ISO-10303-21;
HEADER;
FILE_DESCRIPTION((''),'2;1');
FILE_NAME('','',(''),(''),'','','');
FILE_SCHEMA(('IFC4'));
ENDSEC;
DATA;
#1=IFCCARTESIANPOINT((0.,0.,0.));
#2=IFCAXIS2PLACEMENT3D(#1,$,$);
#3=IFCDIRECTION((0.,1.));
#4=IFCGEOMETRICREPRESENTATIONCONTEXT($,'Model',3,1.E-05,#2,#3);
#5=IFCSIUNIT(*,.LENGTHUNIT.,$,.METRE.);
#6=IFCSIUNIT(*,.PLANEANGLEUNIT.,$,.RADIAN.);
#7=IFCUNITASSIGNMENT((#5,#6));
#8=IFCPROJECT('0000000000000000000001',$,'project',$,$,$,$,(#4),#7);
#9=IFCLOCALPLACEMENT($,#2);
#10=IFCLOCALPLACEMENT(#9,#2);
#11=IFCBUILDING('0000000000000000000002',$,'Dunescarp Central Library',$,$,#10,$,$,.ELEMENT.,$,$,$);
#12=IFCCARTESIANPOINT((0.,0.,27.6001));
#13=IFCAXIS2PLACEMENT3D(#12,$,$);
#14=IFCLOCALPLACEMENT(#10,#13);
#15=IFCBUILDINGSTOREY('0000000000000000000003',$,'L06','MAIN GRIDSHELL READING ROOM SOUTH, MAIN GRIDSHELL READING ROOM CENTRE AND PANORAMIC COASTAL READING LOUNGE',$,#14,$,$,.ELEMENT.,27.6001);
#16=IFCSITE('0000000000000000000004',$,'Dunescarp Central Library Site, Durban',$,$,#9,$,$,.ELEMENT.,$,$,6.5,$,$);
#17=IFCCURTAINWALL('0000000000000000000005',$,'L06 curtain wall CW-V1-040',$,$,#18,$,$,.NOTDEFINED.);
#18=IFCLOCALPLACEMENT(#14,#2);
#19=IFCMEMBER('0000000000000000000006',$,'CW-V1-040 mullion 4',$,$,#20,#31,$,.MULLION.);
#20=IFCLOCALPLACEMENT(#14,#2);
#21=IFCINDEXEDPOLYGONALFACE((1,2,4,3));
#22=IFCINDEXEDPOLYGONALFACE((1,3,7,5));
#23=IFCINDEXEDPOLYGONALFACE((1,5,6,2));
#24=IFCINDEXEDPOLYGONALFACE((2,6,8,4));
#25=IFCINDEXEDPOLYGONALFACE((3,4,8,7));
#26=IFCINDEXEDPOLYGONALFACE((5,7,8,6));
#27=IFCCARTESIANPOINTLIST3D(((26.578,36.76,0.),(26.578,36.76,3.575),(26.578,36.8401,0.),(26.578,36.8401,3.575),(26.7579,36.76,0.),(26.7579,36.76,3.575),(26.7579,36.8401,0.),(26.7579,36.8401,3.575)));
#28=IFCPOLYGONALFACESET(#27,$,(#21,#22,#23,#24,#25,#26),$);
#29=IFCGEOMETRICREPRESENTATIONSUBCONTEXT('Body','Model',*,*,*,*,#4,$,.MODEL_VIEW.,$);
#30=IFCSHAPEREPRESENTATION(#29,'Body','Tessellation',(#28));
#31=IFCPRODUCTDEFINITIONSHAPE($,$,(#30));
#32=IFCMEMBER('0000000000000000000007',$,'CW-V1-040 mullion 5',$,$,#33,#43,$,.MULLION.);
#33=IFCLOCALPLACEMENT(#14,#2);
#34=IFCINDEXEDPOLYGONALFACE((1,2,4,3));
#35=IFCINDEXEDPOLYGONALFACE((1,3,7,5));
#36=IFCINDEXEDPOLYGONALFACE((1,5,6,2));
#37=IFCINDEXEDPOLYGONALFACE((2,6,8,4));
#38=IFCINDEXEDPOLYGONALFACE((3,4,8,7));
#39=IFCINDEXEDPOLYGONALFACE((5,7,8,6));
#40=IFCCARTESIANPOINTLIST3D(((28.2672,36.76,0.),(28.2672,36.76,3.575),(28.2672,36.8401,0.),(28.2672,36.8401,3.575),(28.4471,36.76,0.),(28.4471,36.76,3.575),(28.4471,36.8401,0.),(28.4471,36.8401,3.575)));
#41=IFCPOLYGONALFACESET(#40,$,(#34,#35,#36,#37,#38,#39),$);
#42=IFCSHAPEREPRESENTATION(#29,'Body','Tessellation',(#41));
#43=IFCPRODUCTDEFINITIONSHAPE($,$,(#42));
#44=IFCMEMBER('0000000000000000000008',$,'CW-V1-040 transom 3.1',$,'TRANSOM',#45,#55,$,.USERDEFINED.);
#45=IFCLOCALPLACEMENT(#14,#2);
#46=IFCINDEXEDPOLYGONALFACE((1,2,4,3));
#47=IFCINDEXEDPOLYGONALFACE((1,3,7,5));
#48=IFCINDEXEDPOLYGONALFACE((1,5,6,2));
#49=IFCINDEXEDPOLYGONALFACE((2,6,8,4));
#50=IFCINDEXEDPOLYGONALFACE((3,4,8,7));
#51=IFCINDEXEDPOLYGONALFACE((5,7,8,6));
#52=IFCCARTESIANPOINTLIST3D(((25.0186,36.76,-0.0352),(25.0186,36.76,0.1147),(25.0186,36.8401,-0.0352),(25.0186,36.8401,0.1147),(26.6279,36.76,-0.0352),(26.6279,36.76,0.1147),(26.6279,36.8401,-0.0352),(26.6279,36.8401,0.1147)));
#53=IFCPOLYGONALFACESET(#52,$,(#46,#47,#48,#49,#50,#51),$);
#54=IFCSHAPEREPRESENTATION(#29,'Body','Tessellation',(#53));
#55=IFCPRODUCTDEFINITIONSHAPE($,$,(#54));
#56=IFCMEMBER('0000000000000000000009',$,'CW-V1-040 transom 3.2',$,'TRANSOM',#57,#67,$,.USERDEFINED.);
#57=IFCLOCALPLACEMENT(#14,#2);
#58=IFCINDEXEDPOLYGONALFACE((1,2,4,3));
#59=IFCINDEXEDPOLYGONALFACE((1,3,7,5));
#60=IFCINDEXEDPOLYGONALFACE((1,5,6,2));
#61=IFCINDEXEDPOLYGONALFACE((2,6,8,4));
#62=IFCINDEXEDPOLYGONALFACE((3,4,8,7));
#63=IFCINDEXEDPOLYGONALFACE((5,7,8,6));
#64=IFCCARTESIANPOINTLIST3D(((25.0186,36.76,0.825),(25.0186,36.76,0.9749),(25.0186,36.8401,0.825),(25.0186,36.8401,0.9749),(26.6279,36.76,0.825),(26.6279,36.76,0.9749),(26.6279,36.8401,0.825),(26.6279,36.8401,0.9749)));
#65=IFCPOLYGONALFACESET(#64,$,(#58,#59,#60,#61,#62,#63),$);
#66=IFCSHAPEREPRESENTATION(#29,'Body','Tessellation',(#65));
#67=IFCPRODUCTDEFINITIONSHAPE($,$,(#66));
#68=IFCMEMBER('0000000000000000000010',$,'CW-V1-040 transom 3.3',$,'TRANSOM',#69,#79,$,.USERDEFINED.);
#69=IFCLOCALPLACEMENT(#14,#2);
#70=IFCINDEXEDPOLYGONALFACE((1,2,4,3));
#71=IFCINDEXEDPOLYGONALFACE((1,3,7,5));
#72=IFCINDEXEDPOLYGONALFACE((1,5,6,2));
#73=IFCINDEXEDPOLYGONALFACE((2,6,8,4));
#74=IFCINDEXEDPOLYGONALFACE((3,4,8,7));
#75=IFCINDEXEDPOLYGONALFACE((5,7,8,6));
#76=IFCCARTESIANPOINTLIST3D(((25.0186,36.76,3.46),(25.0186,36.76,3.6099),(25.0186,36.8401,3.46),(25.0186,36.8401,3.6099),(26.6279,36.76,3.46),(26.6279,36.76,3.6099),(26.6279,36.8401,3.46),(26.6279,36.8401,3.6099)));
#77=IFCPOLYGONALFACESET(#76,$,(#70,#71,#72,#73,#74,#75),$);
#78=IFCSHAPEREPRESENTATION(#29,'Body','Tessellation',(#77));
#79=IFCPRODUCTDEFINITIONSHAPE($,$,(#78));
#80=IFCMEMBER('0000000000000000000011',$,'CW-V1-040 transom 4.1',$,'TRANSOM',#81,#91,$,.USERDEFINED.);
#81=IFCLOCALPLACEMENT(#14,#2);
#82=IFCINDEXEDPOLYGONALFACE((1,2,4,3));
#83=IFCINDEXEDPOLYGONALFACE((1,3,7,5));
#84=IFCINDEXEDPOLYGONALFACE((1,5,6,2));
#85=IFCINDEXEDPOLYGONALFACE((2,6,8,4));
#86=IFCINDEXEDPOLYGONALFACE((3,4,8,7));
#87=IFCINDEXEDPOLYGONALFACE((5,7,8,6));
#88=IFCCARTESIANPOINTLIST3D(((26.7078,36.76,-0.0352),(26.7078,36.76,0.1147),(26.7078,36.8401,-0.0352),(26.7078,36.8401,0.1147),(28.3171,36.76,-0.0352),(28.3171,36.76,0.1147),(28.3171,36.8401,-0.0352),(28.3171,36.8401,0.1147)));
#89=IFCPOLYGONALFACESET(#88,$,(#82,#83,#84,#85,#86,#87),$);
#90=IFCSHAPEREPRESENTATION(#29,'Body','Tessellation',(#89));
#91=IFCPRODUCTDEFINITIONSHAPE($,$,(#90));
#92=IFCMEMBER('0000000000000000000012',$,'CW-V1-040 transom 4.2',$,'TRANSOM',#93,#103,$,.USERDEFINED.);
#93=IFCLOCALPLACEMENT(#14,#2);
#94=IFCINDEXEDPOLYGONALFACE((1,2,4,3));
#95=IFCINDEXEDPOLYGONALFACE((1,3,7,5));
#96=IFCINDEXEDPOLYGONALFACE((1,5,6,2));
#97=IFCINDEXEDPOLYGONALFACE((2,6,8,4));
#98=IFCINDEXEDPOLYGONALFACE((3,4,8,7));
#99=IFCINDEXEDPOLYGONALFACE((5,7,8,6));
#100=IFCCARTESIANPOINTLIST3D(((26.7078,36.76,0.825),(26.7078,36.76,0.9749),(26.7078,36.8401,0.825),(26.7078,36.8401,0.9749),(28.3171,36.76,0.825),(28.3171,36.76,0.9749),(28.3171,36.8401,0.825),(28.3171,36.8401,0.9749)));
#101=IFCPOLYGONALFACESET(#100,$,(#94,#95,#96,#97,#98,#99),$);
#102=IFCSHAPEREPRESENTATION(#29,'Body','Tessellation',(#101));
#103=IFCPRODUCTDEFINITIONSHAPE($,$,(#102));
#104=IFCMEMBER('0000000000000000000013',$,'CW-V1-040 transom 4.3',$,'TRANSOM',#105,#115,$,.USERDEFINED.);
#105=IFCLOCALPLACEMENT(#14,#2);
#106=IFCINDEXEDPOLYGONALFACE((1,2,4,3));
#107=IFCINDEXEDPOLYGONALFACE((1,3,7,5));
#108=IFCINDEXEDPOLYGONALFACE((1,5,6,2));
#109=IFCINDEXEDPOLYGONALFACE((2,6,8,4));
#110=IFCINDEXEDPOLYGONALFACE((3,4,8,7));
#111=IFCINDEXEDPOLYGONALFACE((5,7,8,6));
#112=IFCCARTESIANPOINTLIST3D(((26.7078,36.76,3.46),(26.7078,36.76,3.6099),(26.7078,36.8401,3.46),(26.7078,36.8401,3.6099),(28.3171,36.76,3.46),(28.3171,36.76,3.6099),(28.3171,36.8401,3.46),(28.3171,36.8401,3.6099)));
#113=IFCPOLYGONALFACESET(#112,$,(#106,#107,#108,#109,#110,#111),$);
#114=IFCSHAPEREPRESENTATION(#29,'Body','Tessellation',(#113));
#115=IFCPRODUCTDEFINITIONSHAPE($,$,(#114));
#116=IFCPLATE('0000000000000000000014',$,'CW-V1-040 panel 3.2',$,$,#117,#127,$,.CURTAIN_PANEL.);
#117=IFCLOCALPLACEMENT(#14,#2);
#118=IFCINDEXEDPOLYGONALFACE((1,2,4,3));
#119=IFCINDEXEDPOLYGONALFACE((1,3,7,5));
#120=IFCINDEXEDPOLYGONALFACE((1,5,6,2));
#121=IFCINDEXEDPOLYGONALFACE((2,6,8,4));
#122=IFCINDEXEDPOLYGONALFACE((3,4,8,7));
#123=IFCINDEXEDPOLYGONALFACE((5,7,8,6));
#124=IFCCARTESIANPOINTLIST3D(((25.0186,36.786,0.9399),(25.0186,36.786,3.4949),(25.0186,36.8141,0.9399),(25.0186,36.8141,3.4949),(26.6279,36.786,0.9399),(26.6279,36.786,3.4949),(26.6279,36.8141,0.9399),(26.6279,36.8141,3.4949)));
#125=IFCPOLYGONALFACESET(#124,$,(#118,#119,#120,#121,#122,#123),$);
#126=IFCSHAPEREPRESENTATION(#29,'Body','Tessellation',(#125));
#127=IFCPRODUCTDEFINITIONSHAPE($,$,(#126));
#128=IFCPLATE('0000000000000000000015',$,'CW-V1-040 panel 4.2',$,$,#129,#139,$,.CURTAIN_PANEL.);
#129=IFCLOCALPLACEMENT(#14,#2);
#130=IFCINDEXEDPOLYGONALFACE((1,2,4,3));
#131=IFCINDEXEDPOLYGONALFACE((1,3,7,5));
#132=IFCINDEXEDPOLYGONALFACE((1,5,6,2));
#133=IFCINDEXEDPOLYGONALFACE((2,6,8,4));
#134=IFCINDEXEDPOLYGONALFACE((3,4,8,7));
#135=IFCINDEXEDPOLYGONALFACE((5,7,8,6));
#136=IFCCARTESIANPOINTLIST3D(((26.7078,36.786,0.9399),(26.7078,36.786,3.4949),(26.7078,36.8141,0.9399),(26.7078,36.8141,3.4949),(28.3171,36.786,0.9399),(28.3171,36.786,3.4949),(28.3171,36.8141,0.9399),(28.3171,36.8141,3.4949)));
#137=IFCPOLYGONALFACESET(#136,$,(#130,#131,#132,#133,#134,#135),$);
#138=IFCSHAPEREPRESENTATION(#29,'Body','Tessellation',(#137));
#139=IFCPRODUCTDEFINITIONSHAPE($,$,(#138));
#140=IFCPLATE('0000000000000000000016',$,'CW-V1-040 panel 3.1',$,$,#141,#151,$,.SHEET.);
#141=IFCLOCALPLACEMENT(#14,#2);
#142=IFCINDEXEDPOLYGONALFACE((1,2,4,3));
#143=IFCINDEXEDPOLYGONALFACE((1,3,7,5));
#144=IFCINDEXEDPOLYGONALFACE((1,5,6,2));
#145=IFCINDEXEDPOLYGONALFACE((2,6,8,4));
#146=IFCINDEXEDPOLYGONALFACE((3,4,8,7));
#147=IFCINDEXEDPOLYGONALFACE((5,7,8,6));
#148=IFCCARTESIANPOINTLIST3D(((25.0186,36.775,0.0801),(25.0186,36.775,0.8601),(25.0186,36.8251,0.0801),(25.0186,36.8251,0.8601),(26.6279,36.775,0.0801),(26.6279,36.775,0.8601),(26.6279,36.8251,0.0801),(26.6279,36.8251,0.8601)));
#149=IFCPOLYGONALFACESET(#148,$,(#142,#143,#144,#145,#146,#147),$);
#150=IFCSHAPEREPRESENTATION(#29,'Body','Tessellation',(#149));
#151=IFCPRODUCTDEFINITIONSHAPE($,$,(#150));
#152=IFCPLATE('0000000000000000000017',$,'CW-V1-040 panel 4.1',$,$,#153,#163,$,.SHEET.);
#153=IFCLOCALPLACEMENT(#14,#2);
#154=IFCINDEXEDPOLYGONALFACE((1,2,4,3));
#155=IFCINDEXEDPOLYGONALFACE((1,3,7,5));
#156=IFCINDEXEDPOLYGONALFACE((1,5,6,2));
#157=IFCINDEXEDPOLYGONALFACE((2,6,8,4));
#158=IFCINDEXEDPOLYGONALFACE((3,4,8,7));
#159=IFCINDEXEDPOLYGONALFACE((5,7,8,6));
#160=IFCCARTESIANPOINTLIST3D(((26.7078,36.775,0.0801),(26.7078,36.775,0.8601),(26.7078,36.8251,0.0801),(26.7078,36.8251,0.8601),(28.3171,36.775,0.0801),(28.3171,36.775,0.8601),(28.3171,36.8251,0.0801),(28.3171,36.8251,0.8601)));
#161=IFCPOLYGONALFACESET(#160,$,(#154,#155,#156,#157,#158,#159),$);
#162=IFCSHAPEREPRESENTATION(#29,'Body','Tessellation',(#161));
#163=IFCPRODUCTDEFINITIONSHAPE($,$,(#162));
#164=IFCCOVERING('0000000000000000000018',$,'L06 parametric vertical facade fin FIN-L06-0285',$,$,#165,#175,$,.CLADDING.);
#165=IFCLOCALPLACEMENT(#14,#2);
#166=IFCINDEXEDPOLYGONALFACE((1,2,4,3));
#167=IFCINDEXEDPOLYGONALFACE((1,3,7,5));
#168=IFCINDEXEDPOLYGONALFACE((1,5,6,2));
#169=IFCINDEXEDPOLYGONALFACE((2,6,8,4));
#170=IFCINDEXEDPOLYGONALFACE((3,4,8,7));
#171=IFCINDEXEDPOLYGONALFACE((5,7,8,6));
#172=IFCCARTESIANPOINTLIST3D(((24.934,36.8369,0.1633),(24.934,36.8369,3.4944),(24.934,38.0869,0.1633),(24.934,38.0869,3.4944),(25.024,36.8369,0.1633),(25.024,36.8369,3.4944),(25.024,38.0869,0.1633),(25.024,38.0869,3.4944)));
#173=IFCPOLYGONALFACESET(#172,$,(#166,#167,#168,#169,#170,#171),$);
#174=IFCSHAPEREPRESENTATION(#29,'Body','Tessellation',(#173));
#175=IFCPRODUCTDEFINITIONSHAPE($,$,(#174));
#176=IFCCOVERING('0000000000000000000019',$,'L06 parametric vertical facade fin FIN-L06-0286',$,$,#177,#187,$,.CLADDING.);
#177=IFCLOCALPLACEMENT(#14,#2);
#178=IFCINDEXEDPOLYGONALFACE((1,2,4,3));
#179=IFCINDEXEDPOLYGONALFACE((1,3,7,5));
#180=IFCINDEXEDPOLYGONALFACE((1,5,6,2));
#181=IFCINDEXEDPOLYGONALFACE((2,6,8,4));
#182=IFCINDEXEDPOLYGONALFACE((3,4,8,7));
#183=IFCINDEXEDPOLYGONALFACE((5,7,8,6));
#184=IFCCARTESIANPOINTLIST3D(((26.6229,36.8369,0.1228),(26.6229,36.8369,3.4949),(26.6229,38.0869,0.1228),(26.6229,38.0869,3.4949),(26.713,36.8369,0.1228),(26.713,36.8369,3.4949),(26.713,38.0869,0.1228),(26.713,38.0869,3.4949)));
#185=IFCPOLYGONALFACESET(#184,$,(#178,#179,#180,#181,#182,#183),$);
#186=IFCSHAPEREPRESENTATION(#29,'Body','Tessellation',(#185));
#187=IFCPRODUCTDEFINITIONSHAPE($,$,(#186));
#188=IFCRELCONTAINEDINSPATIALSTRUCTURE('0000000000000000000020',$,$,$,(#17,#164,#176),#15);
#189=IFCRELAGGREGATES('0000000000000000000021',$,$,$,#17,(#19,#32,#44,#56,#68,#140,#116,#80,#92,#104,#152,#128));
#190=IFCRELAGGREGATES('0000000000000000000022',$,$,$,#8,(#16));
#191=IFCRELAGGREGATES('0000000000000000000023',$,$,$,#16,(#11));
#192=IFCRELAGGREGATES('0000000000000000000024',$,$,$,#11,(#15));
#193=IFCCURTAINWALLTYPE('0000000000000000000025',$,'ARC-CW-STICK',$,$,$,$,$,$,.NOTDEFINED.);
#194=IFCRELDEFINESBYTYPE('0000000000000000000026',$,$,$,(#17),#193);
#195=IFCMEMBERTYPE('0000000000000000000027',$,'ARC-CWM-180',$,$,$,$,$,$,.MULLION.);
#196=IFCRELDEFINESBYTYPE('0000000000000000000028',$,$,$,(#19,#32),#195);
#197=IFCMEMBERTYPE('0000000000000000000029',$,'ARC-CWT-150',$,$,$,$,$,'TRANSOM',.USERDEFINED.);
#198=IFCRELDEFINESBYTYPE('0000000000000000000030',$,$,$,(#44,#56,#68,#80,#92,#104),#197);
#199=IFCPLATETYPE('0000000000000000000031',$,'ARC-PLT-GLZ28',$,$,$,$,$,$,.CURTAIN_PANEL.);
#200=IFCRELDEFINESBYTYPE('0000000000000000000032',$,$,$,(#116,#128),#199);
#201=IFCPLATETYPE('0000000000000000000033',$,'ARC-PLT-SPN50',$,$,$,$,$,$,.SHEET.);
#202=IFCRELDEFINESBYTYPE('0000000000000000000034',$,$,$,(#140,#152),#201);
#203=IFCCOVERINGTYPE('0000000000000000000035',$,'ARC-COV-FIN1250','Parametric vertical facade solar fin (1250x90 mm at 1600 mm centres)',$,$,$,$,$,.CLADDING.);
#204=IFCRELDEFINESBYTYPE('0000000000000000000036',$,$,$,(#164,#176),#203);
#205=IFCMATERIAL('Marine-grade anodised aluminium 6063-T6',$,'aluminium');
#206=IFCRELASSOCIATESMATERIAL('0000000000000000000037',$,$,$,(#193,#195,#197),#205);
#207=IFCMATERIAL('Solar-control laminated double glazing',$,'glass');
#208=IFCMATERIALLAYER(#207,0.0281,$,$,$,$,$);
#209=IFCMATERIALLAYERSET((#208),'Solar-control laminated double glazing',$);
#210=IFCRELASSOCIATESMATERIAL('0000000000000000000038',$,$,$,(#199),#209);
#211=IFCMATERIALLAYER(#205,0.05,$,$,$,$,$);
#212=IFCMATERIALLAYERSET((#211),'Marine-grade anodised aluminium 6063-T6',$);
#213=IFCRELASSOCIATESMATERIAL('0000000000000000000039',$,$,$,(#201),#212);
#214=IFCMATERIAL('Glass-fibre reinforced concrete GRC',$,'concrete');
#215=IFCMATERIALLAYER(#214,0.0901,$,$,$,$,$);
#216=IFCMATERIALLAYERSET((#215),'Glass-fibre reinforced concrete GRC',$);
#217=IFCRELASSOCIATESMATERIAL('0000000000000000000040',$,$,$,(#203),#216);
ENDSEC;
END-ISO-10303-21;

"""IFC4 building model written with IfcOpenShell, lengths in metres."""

from ifc_helpers import new_model, si_unit, direction, frame, origin, origin_2d, place, context, subcontext, project, spatial, rectangle, extrude, material, layer, layer_set, material_profile, profile_set, type_object, element, aggregate, save


model = new_model("IFC4")

# Units and contexts
model_context = context("Model", 3, precision=1e-05, world=origin(), true_north=direction((0.0, 1.0)))
body_context = subcontext(model_context, "Body", "Model", "MODEL_VIEW")
ifc_project = project(units=[si_unit("LENGTHUNIT", "METRE"), si_unit("PLANEANGLEUNIT", "RADIAN")], contexts=[model_context])

# Site, building, storey
site_placement = place(None, origin())
site = spatial("IfcSite", under=ifc_project, at=site_placement, Name="Dunescarp Central Library Site, Durban", CompositionType="ELEMENT", RefElevation=6.5)
building_placement = place(site_placement, origin())
building = spatial("IfcBuilding", under=site, at=building_placement, Name="Dunescarp Central Library", CompositionType="ELEMENT")
storey_placement = place(building_placement, frame((0.0, 0.0, 27.6001)))
storey = spatial("IfcBuildingStorey", under=building, at=storey_placement, Name="L06", Description="MAIN GRIDSHELL READING ROOM SOUTH, MAIN GRIDSHELL READING ROOM CENTRE AND PANORAMIC COASTAL READING LOUNGE", CompositionType="ELEMENT", Elevation=27.6001)

# Curtain wall, members, plates
ifc_material_1 = material(Name="Marine-grade anodised aluminium 6063-T6", Category="aluminium")
curtain_wall_type = type_object("IfcCurtainWallType", Name="ARC-CW-STICK", PredefinedType="NOTDEFINED", material=ifc_material_1)
curtain_wall_placement = place(storey_placement, origin())
curtain_wall = element("IfcCurtainWall", 1, at=curtain_wall_placement, inside=storey, type_object=curtain_wall_type, Name="L06 curtain wall CW-V1-040", PredefinedType="NOTDEFINED")
ifc_material_profile_1 = material_profile(ifc_material_1, rectangle(XDim=0.0801, YDim=0.1799, at=origin_2d()), Name="AL 80x180")
ifc_profile_set_1 = profile_set([ifc_material_profile_1], Name="Marine-grade anodised aluminium 6063-T6")
member_type_1 = type_object("IfcMemberType", Name="ARC-CWM-180", PredefinedType="MULLION", material=ifc_profile_set_1)
member_1_placement = place(storey_placement, frame((26.668, 36.8, 0.0), z_axis=(0.0, 0.0, 1.0), x_axis=(0.0, 1.0, 0.0)))
member_1 = element("IfcMember", 2, at=member_1_placement, type_object=member_type_1, Name="CW-V1-040 mullion 4", PredefinedType="MULLION", context=body_context, shape_type="SweptSolid", body=[
    extrude(rectangle(XDim=0.0801, YDim=0.1799, at=origin_2d()), origin(), (0.0, 0.0, 1.0), 3.575),
])
member_2_placement = place(storey_placement, frame((28.3572, 36.8, 0.0), z_axis=(0.0, 0.0, 1.0), x_axis=(0.0, 1.0, 0.0)))
member_2 = element("IfcMember", 3, at=member_2_placement, type_object=member_type_1, Name="CW-V1-040 mullion 5", PredefinedType="MULLION", context=body_context, shape_type="SweptSolid", body=[
    extrude(rectangle(XDim=0.0801, YDim=0.1799, at=origin_2d()), origin(), (0.0, 0.0, 1.0), 3.575),
])
ifc_material_profile_2 = material_profile(ifc_material_1, rectangle(XDim=0.0801, YDim=0.1499, at=origin_2d()), Name="AL 80x150")
ifc_profile_set_2 = profile_set([ifc_material_profile_2], Name="Marine-grade anodised aluminium 6063-T6")
member_type_2 = type_object("IfcMemberType", Name="ARC-CWT-150", ElementType="TRANSOM", PredefinedType="USERDEFINED", material=ifc_profile_set_2)
member_3_placement = place(storey_placement, frame((25.0186, 36.8, 0.0398), z_axis=(1.0, 0.0, 0.0), x_axis=(0.0, 1.0, 0.0)))
member_3 = element("IfcMember", 4, at=member_3_placement, type_object=member_type_2, Name="CW-V1-040 transom 3.1", ObjectType="TRANSOM", PredefinedType="USERDEFINED", context=body_context, shape_type="SweptSolid", body=[
    extrude(rectangle(XDim=0.0801, YDim=0.1499, at=origin_2d()), origin(), (0.0, 0.0, 1.0), 1.6094),
])
member_4_placement = place(storey_placement, frame((25.0186, 36.8, 0.8999), z_axis=(1.0, 0.0, 0.0), x_axis=(0.0, 1.0, 0.0)))
member_4 = element("IfcMember", 5, at=member_4_placement, type_object=member_type_2, Name="CW-V1-040 transom 3.2", ObjectType="TRANSOM", PredefinedType="USERDEFINED", context=body_context, shape_type="SweptSolid", body=[
    extrude(rectangle(XDim=0.0801, YDim=0.1499, at=origin_2d()), origin(), (0.0, 0.0, 1.0), 1.6094),
])
member_5_placement = place(storey_placement, frame((25.0186, 36.8, 3.5349), z_axis=(1.0, 0.0, 0.0), x_axis=(0.0, 1.0, 0.0)))
member_5 = element("IfcMember", 6, at=member_5_placement, type_object=member_type_2, Name="CW-V1-040 transom 3.3", ObjectType="TRANSOM", PredefinedType="USERDEFINED", context=body_context, shape_type="SweptSolid", body=[
    extrude(rectangle(XDim=0.0801, YDim=0.1499, at=origin_2d()), origin(), (0.0, 0.0, 1.0), 1.6094),
])
member_6_placement = place(storey_placement, frame((26.7078, 36.8, 0.0398), z_axis=(1.0, 0.0, 0.0), x_axis=(0.0, 1.0, 0.0)))
member_6 = element("IfcMember", 7, at=member_6_placement, type_object=member_type_2, Name="CW-V1-040 transom 4.1", ObjectType="TRANSOM", PredefinedType="USERDEFINED", context=body_context, shape_type="SweptSolid", body=[
    extrude(rectangle(XDim=0.0801, YDim=0.1499, at=origin_2d()), origin(), (0.0, 0.0, 1.0), 1.6094),
])
member_7_placement = place(storey_placement, frame((26.7078, 36.8, 0.8999), z_axis=(1.0, 0.0, 0.0), x_axis=(0.0, 1.0, 0.0)))
member_7 = element("IfcMember", 8, at=member_7_placement, type_object=member_type_2, Name="CW-V1-040 transom 4.2", ObjectType="TRANSOM", PredefinedType="USERDEFINED", context=body_context, shape_type="SweptSolid", body=[
    extrude(rectangle(XDim=0.0801, YDim=0.1499, at=origin_2d()), origin(), (0.0, 0.0, 1.0), 1.6094),
])
member_8_placement = place(storey_placement, frame((26.7078, 36.8, 3.5349), z_axis=(1.0, 0.0, 0.0), x_axis=(0.0, 1.0, 0.0)))
member_8 = element("IfcMember", 9, at=member_8_placement, type_object=member_type_2, Name="CW-V1-040 transom 4.3", ObjectType="TRANSOM", PredefinedType="USERDEFINED", context=body_context, shape_type="SweptSolid", body=[
    extrude(rectangle(XDim=0.0801, YDim=0.1499, at=origin_2d()), origin(), (0.0, 0.0, 1.0), 1.6094),
])
ifc_material_2 = material(Name="Solar-control laminated double glazing", Category="glass")
ifc_layer_1 = layer(ifc_material_2, 0.0281)
ifc_layer_set_1 = layer_set([ifc_layer_1], Name="Solar-control laminated double glazing")
plate_type_1 = type_object("IfcPlateType", Name="ARC-PLT-GLZ28", PredefinedType="CURTAIN_PANEL", material=ifc_layer_set_1)
plate_1_placement = place(storey_placement, frame((25.8232, 36.8, 0.9399), z_axis=(0.0, 0.0, 1.0), x_axis=(1.0, 0.0, 0.0)))
plate_1 = element("IfcPlate", 10, at=plate_1_placement, type_object=plate_type_1, Name="CW-V1-040 panel 3.2", PredefinedType="CURTAIN_PANEL", context=body_context, shape_type="SweptSolid", body=[
    extrude(rectangle(XDim=1.6094, YDim=0.0281, at=origin_2d()), origin(), (0.0, 0.0, 1.0), 2.5549),
])
plate_2_placement = place(storey_placement, frame((27.5125, 36.8, 0.9399), z_axis=(0.0, 0.0, 1.0), x_axis=(1.0, 0.0, 0.0)))
plate_2 = element("IfcPlate", 11, at=plate_2_placement, type_object=plate_type_1, Name="CW-V1-040 panel 4.2", PredefinedType="CURTAIN_PANEL", context=body_context, shape_type="SweptSolid", body=[
    extrude(rectangle(XDim=1.6094, YDim=0.0281, at=origin_2d()), origin(), (0.0, 0.0, 1.0), 2.5549),
])
ifc_layer_2 = layer(ifc_material_1, 0.05)
ifc_layer_set_2 = layer_set([ifc_layer_2], Name="Marine-grade anodised aluminium 6063-T6")
plate_type_2 = type_object("IfcPlateType", Name="ARC-PLT-SPN50", PredefinedType="SHEET", material=ifc_layer_set_2)
plate_3_placement = place(storey_placement, frame((25.8232, 36.8, 0.0801), z_axis=(0.0, 0.0, 1.0), x_axis=(1.0, 0.0, 0.0)))
plate_3 = element("IfcPlate", 12, at=plate_3_placement, type_object=plate_type_2, Name="CW-V1-040 panel 3.1", PredefinedType="SHEET", context=body_context, shape_type="SweptSolid", body=[
    extrude(rectangle(XDim=1.6094, YDim=0.05, at=origin_2d()), origin(), (0.0, 0.0, 1.0), 0.78),
])
plate_4_placement = place(storey_placement, frame((27.5125, 36.8, 0.0801), z_axis=(0.0, 0.0, 1.0), x_axis=(1.0, 0.0, 0.0)))
plate_4 = element("IfcPlate", 13, at=plate_4_placement, type_object=plate_type_2, Name="CW-V1-040 panel 4.1", PredefinedType="SHEET", context=body_context, shape_type="SweptSolid", body=[
    extrude(rectangle(XDim=1.6094, YDim=0.05, at=origin_2d()), origin(), (0.0, 0.0, 1.0), 0.78),
])
aggregate(curtain_wall, [member_1, member_2, member_3, member_4, member_5, plate_3, plate_1, member_6, member_7, member_8, plate_4, plate_2])

# Coverings
ifc_material_3 = material(Name="Glass-fibre reinforced concrete GRC", Category="concrete")
ifc_layer_3 = layer(ifc_material_3, 0.0901)
ifc_layer_set_3 = layer_set([ifc_layer_3], Name="Glass-fibre reinforced concrete GRC")
covering_type = type_object("IfcCoveringType", Name="ARC-COV-FIN1250", Description="Parametric vertical facade solar fin (1250x90 mm at 1600 mm centres)", PredefinedType="CLADDING", material=ifc_layer_set_3)
covering_1_placement = place(storey_placement, frame((24.979, 37.4619, 0.1633), z_axis=(0.0, 0.0, 1.0), x_axis=(0.0, 1.0, 0.0)))
element("IfcCovering", 14, at=covering_1_placement, inside=storey, type_object=covering_type, Name="L06 parametric vertical facade fin FIN-L06-0285", PredefinedType="CLADDING", context=body_context, shape_type="SweptSolid", body=[
    extrude(rectangle(XDim=1.25, YDim=0.0901, at=origin_2d()), origin(), (0.0, 0.0, 1.0), 3.3311),
])
covering_2_placement = place(storey_placement, frame((26.668, 37.4619, 0.1228), z_axis=(0.0, 0.0, 1.0), x_axis=(0.0, 1.0, 0.0)))
element("IfcCovering", 15, at=covering_2_placement, inside=storey, type_object=covering_type, Name="L06 parametric vertical facade fin FIN-L06-0286", PredefinedType="CLADDING", context=body_context, shape_type="SweptSolid", body=[
    extrude(rectangle(XDim=1.25, YDim=0.0901, at=origin_2d()), origin(), (0.0, 0.0, 1.0), 3.3721),
])

save(model, "model.ifc")
